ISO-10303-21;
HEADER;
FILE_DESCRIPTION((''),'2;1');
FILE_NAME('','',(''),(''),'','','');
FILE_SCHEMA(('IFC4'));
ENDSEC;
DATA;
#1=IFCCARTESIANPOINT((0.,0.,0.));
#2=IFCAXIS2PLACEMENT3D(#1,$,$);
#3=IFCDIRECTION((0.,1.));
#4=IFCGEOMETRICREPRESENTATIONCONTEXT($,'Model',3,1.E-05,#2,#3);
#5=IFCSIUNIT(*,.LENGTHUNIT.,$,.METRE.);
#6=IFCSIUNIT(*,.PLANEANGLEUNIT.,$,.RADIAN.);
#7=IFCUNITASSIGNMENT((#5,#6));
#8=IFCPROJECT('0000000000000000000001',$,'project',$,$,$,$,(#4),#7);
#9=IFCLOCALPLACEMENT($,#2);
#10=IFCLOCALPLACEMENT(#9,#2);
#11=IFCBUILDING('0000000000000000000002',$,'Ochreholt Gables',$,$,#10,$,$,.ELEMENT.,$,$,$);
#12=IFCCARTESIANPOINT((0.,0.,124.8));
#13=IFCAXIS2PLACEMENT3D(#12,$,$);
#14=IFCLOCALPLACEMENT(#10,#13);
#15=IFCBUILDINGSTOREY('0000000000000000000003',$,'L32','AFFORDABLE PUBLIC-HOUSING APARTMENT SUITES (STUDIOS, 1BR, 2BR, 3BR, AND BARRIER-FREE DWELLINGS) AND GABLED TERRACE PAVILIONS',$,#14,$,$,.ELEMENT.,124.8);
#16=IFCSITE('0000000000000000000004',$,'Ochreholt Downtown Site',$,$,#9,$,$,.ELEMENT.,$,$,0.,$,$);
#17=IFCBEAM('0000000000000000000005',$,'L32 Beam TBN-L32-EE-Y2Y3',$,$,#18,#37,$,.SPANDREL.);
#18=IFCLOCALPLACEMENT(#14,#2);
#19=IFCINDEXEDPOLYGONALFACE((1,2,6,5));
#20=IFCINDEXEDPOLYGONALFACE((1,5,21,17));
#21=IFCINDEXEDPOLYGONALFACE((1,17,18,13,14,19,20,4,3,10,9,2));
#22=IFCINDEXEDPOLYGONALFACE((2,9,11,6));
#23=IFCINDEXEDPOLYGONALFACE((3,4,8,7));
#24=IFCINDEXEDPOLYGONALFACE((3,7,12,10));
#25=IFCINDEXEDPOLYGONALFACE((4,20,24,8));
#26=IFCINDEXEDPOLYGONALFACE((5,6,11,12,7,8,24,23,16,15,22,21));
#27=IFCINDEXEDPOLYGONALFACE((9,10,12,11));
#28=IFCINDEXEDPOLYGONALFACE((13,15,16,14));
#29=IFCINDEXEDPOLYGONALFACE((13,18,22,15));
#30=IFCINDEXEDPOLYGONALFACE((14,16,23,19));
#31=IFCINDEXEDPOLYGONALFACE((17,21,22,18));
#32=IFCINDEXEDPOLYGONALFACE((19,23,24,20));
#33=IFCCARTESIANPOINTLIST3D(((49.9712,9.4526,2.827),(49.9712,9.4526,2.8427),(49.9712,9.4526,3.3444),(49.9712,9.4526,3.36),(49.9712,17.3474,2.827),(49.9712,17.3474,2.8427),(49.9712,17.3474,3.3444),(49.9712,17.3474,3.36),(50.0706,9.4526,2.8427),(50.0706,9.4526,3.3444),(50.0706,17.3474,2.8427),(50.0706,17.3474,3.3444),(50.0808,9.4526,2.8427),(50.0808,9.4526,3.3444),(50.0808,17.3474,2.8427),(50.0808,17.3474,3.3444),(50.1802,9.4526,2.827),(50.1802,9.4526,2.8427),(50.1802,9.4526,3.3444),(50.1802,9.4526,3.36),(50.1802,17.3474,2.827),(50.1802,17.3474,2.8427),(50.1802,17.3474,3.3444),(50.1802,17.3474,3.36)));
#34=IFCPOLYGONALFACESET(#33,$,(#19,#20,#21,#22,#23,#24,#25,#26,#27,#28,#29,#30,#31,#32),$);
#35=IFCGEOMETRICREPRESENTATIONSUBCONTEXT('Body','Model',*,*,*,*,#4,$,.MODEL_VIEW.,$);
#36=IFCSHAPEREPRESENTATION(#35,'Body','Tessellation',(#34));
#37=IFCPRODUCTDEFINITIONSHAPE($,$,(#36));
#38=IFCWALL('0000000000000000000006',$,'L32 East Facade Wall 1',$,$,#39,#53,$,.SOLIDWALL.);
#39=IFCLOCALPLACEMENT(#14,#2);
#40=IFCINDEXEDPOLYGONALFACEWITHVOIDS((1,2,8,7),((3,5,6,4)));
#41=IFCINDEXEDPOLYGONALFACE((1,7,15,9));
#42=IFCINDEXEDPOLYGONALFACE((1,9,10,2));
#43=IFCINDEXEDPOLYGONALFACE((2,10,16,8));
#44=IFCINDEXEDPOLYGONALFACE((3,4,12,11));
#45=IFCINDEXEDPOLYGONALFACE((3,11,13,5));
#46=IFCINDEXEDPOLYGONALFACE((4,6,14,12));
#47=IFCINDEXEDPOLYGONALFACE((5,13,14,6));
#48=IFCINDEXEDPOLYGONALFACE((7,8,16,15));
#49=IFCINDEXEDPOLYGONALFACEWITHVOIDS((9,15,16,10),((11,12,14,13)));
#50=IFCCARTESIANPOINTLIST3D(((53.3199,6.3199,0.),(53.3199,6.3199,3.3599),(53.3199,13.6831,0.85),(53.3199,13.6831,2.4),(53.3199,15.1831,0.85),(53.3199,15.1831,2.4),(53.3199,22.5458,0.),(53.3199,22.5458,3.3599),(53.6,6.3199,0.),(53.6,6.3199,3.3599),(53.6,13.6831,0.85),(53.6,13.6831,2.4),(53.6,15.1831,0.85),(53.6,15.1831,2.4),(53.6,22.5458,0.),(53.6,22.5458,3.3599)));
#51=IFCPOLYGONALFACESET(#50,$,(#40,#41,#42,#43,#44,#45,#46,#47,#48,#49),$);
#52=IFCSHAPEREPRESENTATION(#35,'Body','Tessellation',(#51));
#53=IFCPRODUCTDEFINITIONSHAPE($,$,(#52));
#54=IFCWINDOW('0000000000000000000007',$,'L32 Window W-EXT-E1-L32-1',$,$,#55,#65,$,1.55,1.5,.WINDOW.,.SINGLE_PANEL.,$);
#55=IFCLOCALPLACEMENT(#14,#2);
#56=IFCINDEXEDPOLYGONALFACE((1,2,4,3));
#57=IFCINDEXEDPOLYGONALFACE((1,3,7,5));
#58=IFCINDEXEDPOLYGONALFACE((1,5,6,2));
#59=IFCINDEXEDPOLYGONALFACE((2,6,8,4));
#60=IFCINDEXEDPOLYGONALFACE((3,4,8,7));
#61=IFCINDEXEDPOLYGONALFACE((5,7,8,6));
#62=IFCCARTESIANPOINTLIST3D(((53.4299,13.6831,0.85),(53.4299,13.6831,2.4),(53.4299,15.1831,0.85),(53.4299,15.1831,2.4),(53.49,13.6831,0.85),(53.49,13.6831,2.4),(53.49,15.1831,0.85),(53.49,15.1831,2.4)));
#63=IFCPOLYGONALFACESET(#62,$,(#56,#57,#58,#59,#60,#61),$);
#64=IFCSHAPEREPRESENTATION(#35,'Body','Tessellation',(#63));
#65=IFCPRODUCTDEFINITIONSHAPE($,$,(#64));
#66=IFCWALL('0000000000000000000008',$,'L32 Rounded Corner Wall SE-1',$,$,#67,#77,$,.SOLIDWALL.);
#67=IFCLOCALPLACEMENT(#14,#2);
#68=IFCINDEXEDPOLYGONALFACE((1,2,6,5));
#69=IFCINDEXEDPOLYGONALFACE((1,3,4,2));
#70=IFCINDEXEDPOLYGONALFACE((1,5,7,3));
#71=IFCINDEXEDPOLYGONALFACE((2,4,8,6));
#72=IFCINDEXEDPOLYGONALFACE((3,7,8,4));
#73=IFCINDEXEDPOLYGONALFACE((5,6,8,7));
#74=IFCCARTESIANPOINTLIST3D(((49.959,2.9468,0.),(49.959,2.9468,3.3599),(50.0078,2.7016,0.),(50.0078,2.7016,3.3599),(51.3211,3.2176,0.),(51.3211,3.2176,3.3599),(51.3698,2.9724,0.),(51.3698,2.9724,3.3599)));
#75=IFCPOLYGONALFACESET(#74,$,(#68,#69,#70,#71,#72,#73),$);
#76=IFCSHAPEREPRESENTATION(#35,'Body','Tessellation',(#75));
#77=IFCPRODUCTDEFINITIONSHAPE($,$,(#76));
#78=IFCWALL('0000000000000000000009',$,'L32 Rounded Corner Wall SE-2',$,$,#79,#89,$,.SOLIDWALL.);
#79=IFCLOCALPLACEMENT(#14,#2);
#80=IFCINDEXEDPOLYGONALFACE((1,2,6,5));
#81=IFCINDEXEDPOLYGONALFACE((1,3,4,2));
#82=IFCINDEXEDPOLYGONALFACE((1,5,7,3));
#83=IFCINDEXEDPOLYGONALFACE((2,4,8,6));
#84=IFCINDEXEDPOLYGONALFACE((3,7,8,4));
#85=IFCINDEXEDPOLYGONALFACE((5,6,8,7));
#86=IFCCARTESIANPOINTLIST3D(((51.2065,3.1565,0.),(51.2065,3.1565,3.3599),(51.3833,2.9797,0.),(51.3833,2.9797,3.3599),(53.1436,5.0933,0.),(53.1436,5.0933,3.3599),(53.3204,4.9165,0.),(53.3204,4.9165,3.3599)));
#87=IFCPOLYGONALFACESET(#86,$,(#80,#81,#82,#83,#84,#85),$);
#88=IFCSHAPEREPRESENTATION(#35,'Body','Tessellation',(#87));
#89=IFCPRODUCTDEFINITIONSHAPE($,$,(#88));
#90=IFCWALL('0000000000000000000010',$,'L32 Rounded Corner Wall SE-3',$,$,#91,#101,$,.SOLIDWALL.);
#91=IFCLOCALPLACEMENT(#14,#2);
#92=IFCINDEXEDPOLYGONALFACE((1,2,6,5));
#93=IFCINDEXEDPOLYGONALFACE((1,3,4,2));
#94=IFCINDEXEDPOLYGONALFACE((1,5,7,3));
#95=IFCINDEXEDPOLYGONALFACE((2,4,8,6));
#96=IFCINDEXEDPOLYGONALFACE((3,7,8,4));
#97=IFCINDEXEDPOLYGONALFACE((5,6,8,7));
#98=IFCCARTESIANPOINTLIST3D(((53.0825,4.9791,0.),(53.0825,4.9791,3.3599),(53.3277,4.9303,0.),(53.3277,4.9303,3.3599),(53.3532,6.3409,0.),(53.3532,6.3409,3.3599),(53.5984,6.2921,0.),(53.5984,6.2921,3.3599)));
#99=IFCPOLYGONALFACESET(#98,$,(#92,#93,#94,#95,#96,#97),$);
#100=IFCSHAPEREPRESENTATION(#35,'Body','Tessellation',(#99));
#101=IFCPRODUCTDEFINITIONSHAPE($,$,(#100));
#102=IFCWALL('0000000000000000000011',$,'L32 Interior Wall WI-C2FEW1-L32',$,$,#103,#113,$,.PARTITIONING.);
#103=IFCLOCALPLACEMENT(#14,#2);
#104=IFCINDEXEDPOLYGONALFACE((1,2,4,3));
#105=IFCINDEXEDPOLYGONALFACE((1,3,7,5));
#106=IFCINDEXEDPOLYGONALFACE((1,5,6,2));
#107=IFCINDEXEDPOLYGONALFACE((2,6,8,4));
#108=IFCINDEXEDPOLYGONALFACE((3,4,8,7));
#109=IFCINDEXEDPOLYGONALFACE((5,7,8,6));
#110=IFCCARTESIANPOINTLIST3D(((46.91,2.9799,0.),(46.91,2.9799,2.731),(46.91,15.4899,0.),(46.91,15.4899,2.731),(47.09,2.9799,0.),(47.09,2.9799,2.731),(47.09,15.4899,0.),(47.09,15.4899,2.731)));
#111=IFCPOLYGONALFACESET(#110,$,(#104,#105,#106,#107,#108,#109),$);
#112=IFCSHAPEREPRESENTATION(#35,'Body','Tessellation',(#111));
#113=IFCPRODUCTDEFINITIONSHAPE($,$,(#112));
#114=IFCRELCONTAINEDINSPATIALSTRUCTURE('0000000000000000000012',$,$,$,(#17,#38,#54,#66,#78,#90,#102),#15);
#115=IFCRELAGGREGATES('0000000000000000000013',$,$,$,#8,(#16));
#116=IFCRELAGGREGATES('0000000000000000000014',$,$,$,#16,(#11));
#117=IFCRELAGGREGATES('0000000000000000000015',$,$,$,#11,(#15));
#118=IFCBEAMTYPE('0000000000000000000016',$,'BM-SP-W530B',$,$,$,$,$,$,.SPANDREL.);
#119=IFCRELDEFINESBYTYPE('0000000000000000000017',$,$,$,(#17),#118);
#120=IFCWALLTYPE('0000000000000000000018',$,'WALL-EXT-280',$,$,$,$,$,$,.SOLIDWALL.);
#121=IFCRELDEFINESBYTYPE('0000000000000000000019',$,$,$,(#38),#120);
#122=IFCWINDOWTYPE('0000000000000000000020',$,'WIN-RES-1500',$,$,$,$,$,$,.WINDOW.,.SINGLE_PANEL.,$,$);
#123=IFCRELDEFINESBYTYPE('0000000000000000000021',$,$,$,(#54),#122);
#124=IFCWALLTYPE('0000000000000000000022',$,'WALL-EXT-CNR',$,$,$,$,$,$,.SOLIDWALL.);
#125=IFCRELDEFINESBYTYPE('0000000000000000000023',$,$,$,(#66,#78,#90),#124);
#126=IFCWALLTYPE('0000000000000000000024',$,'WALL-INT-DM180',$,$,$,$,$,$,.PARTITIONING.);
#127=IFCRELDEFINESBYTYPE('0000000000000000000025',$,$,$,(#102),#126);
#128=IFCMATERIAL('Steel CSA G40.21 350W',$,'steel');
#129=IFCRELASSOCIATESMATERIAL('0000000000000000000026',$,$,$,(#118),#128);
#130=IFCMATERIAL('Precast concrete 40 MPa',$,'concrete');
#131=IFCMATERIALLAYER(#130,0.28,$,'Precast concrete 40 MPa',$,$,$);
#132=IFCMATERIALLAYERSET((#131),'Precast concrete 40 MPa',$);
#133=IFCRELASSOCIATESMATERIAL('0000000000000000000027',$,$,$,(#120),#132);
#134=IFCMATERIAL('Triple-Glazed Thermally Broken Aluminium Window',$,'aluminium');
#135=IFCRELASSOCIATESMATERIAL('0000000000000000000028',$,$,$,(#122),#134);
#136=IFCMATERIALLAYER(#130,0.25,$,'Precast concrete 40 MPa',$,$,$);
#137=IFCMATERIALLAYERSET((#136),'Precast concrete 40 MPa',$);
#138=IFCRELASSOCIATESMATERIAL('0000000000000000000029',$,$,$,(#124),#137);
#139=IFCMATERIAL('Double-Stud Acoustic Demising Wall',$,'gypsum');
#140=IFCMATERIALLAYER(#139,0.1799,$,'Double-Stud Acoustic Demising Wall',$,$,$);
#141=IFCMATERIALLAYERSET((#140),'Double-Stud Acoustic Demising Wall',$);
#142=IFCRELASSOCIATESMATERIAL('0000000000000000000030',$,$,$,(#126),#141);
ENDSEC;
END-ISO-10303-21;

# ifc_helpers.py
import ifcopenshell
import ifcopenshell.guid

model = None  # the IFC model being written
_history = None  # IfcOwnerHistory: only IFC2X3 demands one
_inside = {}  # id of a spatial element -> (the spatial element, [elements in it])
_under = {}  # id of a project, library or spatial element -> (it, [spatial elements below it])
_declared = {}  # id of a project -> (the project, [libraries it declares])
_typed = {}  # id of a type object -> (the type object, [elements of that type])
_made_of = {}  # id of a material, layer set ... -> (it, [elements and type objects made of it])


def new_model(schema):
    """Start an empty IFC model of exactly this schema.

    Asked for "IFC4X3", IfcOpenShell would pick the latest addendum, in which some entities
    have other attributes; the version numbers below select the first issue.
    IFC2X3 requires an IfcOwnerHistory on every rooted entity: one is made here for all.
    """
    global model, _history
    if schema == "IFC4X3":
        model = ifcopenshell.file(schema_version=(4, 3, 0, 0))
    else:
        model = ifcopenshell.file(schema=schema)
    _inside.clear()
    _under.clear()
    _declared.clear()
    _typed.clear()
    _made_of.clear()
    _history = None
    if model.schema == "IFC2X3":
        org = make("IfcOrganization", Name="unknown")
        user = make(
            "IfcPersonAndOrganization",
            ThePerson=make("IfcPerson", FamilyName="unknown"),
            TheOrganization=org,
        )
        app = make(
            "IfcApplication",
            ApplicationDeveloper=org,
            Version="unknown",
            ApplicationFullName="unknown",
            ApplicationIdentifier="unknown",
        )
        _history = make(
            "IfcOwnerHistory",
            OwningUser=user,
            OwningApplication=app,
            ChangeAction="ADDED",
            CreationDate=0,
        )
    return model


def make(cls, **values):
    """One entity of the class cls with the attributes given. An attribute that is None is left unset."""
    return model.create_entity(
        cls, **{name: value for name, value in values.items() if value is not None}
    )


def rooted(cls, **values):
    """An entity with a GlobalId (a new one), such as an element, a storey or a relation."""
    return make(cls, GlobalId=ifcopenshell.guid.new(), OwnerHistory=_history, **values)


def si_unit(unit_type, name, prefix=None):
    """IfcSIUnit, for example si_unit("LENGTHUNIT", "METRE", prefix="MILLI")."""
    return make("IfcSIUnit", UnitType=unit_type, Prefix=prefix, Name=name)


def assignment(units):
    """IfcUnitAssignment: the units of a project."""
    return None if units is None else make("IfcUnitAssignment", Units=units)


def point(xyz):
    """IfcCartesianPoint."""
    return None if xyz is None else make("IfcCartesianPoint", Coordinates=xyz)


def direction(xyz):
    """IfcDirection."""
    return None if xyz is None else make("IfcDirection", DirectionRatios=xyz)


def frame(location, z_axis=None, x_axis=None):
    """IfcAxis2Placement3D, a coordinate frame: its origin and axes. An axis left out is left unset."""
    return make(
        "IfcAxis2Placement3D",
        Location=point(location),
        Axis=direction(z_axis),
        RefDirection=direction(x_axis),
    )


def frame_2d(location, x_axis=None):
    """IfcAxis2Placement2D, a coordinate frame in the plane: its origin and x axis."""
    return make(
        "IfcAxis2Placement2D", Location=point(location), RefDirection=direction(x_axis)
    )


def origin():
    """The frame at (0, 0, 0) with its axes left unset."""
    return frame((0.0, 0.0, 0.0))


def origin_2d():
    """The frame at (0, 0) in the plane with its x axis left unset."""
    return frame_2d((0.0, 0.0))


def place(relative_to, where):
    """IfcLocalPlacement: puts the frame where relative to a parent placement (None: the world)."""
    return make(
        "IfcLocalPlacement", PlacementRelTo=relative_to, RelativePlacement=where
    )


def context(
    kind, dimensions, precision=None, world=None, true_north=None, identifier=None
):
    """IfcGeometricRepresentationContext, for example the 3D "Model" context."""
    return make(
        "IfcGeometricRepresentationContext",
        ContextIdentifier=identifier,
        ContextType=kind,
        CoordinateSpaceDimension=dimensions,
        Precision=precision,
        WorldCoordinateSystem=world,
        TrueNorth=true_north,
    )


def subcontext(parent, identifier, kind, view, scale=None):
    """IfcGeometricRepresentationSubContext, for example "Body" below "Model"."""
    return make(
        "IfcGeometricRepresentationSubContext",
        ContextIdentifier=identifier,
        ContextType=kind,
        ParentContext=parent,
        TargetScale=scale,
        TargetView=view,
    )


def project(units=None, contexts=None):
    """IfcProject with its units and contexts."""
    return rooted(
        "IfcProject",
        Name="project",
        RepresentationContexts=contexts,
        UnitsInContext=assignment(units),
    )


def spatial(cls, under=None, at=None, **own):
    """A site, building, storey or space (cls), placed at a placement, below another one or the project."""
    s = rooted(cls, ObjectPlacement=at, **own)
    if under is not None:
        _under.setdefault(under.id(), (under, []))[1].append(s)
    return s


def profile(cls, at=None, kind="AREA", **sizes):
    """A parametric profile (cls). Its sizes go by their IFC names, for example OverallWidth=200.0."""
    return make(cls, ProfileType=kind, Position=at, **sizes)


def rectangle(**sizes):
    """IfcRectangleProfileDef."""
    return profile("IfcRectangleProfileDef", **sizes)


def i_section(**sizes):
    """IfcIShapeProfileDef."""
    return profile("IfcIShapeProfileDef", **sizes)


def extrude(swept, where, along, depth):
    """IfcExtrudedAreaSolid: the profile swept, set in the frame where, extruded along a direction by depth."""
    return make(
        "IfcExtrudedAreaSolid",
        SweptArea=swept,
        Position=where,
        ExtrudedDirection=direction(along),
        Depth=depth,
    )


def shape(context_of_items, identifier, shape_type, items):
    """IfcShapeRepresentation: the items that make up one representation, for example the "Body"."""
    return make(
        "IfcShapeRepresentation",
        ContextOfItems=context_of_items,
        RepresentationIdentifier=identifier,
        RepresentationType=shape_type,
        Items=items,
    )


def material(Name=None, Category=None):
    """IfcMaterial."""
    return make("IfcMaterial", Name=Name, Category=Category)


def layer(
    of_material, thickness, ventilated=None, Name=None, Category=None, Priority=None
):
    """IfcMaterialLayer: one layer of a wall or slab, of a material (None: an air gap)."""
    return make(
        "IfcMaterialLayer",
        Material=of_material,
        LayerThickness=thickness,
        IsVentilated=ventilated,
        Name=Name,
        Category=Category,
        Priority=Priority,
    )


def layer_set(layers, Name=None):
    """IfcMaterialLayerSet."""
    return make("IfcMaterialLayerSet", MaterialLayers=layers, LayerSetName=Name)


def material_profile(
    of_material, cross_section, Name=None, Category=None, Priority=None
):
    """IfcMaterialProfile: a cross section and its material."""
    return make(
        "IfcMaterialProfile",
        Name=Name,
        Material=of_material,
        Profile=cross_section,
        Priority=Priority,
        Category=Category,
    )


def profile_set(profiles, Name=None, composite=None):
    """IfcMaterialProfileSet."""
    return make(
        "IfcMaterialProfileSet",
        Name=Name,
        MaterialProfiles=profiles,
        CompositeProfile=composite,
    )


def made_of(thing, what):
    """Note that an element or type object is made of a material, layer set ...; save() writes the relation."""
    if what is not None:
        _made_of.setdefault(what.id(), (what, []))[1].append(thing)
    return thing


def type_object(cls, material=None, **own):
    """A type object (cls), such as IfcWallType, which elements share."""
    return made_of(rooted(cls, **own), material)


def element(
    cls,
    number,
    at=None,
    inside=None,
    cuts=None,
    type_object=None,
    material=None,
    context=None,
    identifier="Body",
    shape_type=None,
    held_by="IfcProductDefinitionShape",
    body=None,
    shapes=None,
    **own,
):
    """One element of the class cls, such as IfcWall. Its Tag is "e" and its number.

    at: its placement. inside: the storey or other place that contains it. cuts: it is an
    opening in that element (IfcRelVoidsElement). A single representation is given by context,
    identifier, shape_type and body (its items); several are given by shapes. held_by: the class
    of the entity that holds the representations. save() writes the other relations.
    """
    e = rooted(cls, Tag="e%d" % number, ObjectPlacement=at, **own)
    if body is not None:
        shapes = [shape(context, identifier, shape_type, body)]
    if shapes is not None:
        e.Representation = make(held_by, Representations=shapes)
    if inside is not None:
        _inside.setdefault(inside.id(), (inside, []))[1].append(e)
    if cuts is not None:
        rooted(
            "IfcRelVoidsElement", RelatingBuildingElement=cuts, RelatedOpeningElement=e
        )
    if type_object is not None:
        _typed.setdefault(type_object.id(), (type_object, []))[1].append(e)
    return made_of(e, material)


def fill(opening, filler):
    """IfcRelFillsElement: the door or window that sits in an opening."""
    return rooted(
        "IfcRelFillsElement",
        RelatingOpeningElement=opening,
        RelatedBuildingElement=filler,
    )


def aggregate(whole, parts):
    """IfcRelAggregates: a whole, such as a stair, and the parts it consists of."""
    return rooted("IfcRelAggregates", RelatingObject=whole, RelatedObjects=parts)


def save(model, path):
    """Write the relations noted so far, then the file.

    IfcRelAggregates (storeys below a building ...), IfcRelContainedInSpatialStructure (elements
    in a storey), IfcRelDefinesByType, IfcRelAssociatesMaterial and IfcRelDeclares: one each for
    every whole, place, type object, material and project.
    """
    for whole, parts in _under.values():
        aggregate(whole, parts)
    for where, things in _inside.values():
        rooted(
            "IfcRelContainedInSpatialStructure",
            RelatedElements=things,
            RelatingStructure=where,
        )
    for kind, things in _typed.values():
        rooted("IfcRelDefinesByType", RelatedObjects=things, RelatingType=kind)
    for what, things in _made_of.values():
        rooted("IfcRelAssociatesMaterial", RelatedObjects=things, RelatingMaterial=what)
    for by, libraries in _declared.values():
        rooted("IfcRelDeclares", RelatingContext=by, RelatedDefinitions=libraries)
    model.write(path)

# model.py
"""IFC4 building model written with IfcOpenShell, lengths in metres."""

from ifc_helpers import new_model, si_unit, direction, frame, frame_2d, origin, origin_2d, place, context, subcontext, project, spatial, rectangle, i_section, extrude, material, layer, layer_set, material_profile, profile_set, type_object, element, fill, save


model = new_model("IFC4")

# Units and contexts
model_context = context("Model", 3, precision=1e-05, world=origin(), true_north=direction((0.0, 1.0)))
body_context = subcontext(model_context, "Body", "Model", "MODEL_VIEW")
ifc_project = project(units=[si_unit("LENGTHUNIT", "METRE"), si_unit("PLANEANGLEUNIT", "RADIAN")], contexts=[model_context])

# Site, building, storey
site_placement = place(None, origin())
site = spatial("IfcSite", under=ifc_project, at=site_placement, Name="Ochreholt Downtown Site", CompositionType="ELEMENT", RefElevation=0.0)
building_placement = place(site_placement, origin())
building = spatial("IfcBuilding", under=site, at=building_placement, Name="Ochreholt Gables", CompositionType="ELEMENT")
storey_placement = place(building_placement, frame((0.0, 0.0, 124.8)))
storey = spatial("IfcBuildingStorey", under=building, at=storey_placement, Name="L32", Description="AFFORDABLE PUBLIC-HOUSING APARTMENT SUITES (STUDIOS, 1BR, 2BR, 3BR, AND BARRIER-FREE DWELLINGS) AND GABLED TERRACE PAVILIONS", CompositionType="ELEMENT", Elevation=124.8)

# Shared definitions
ifc_material_1 = material(Name="Steel CSA G40.21 350W", Category="steel")

# Beam
ifc_material_profile_1 = material_profile(ifc_material_1, i_section(OverallWidth=0.209, OverallDepth=0.533, WebThickness=0.0103, FlangeThickness=0.0156, at=origin_2d()), Name="W530X92")
ifc_profile_set_1 = profile_set([ifc_material_profile_1], Name="Steel CSA G40.21 350W")
beam_type_1 = type_object("IfcBeamType", Name="BM-SP-W530B", PredefinedType="SPANDREL", material=ifc_profile_set_1)
beam_1_placement = place(storey_placement, frame((50.0757, 9.4526, 3.0935), z_axis=(0.0, 1.0, 0.0), x_axis=(-1.0, 0.0, 0.0)))
element("IfcBeam", 1, at=beam_1_placement, inside=storey, type_object=beam_type_1, Name="L32 Beam TBN-L32-EE-Y2Y3", PredefinedType="SPANDREL", context=body_context, shape_type="SweptSolid", body=[
    extrude(i_section(OverallWidth=0.209, OverallDepth=0.533, WebThickness=0.0103, FlangeThickness=0.0156, at=origin_2d()), origin(), (0.0, 0.0, 1.0), 7.8948),
])

# Wall, opening, window
ifc_material_2 = material(Name="Precast concrete 40 MPa", Category="concrete")
ifc_layer_1 = layer(ifc_material_2, 0.28, Name="Precast concrete 40 MPa")
ifc_layer_set_1 = layer_set([ifc_layer_1], Name="Precast concrete 40 MPa")
wall_type_1 = type_object("IfcWallType", Name="WALL-EXT-280", PredefinedType="SOLIDWALL", material=ifc_layer_set_1)
wall_1_placement = place(storey_placement, frame((53.46, 6.3201, 0.0), z_axis=(0.0, 0.0, 1.0), x_axis=(0.0, 1.0, 0.0)))
wall_1 = element("IfcWall", 2, at=wall_1_placement, inside=storey, type_object=wall_type_1, Name="L32 East Facade Wall 1", PredefinedType="SOLIDWALL", context=body_context, shape_type="SweptSolid", body=[
    extrude(rectangle(XDim=16.2258, YDim=0.28, at=frame_2d((8.1128, 0.0))), origin(), (0.0, 0.0, 1.0), 3.3599),
])
opening_placement = place(wall_1_placement, frame((7.363, 0.0, 0.8501)))
opening = element("IfcOpeningElement", 3, at=opening_placement, cuts=wall_1, PredefinedType="OPENING", context=body_context, shape_type="SweptSolid", body=[
    extrude(rectangle(XDim=1.5, YDim=1.55, at=frame_2d((0.75, 0.7749))), frame((0.0, 0.1499, 0.0), z_axis=(0.0, -1.0, 0.0), x_axis=(1.0, 0.0, 0.0)), (0.0, 0.0, 1.0), 0.3),
])
ifc_material_3 = material(Name="Triple-Glazed Thermally Broken Aluminium Window", Category="aluminium")
window_type = type_object("IfcWindowType", Name="WIN-RES-1500", PartitioningType="SINGLE_PANEL", PredefinedType="WINDOW", material=ifc_material_3)
window_placement = place(opening_placement, origin())
window = element("IfcWindow", 4, at=window_placement, inside=storey, type_object=window_type, Name="L32 Window W-EXT-E1-L32-1", OverallHeight=1.55, OverallWidth=1.5, PartitioningType="SINGLE_PANEL", PredefinedType="WINDOW", context=body_context, shape_type="SweptSolid", body=[
    extrude(rectangle(XDim=1.5, YDim=1.55, at=frame_2d((0.75, 0.7749))), frame((0.0, 0.03, 0.0), z_axis=(0.0, -1.0, 0.0), x_axis=(1.0, 0.0, 0.0)), (0.0, 0.0, 1.0), 0.0601),
])
fill(opening, window)

# Walls
ifc_layer_2 = layer(ifc_material_2, 0.25, Name="Precast concrete 40 MPa")
ifc_layer_set_2 = layer_set([ifc_layer_2], Name="Precast concrete 40 MPa")
wall_type_2 = type_object("IfcWallType", Name="WALL-EXT-CNR", PredefinedType="SOLIDWALL", material=ifc_layer_set_2)
wall_2_placement = place(storey_placement, frame((49.9834, 2.8242, 0.0), z_axis=(0.0, 0.0, 1.0), x_axis=(0.98081, 0.194967, 0.0)))
element("IfcWall", 5, at=wall_2_placement, inside=storey, type_object=wall_type_2, Name="L32 Rounded Corner Wall SE-1", PredefinedType="SOLIDWALL", context=body_context, shape_type="SweptSolid", body=[
    extrude(rectangle(XDim=1.3887, YDim=0.25, at=frame_2d((0.6943, 0.0))), origin(), (0.0, 0.0, 1.0), 3.3599),
])
wall_3_placement = place(storey_placement, frame((51.2949, 3.0681, 0.0), z_axis=(0.0, 0.0, 1.0), x_axis=(0.707151, 0.707062, 0.0)))
element("IfcWall", 6, at=wall_3_placement, inside=storey, type_object=wall_type_2, Name="L32 Rounded Corner Wall SE-2", PredefinedType="SOLIDWALL", context=body_context, shape_type="SweptSolid", body=[
    extrude(rectangle(XDim=2.7393, YDim=0.25, at=frame_2d((1.3696, 0.0))), origin(), (0.0, 0.0, 1.0), 3.3599),
])
wall_4_placement = place(storey_placement, frame((53.2051, 4.9546, 0.0), z_axis=(0.0, 0.0, 1.0), x_axis=(0.195, 0.980803, 0.0)))
element("IfcWall", 7, at=wall_4_placement, inside=storey, type_object=wall_type_2, Name="L32 Rounded Corner Wall SE-3", PredefinedType="SOLIDWALL", context=body_context, shape_type="SweptSolid", body=[
    extrude(rectangle(XDim=1.3884, YDim=0.25, at=frame_2d((0.6943, 0.0))), origin(), (0.0, 0.0, 1.0), 3.3599),
])
ifc_material_4 = material(Name="Double-Stud Acoustic Demising Wall", Category="gypsum")
ifc_layer_3 = layer(ifc_material_4, 0.1799, Name="Double-Stud Acoustic Demising Wall")
ifc_layer_set_3 = layer_set([ifc_layer_3], Name="Double-Stud Acoustic Demising Wall")
wall_type_3 = type_object("IfcWallType", Name="WALL-INT-DM180", PredefinedType="PARTITIONING", material=ifc_layer_set_3)
wall_5_placement = place(storey_placement, frame((47.0, 2.98, 0.0), z_axis=(0.0, 0.0, 1.0), x_axis=(0.0, 1.0, 0.0)))
element("IfcWall", 8, at=wall_5_placement, inside=storey, type_object=wall_type_3, Name="L32 Interior Wall WI-C2FEW1-L32", PredefinedType="PARTITIONING", context=body_context, shape_type="SweptSolid", body=[
    extrude(rectangle(XDim=12.51, YDim=0.1799, at=frame_2d((6.2549, 0.0))), origin(), (0.0, 0.0, 1.0), 2.731),
])

save(model, "model.ifc")
